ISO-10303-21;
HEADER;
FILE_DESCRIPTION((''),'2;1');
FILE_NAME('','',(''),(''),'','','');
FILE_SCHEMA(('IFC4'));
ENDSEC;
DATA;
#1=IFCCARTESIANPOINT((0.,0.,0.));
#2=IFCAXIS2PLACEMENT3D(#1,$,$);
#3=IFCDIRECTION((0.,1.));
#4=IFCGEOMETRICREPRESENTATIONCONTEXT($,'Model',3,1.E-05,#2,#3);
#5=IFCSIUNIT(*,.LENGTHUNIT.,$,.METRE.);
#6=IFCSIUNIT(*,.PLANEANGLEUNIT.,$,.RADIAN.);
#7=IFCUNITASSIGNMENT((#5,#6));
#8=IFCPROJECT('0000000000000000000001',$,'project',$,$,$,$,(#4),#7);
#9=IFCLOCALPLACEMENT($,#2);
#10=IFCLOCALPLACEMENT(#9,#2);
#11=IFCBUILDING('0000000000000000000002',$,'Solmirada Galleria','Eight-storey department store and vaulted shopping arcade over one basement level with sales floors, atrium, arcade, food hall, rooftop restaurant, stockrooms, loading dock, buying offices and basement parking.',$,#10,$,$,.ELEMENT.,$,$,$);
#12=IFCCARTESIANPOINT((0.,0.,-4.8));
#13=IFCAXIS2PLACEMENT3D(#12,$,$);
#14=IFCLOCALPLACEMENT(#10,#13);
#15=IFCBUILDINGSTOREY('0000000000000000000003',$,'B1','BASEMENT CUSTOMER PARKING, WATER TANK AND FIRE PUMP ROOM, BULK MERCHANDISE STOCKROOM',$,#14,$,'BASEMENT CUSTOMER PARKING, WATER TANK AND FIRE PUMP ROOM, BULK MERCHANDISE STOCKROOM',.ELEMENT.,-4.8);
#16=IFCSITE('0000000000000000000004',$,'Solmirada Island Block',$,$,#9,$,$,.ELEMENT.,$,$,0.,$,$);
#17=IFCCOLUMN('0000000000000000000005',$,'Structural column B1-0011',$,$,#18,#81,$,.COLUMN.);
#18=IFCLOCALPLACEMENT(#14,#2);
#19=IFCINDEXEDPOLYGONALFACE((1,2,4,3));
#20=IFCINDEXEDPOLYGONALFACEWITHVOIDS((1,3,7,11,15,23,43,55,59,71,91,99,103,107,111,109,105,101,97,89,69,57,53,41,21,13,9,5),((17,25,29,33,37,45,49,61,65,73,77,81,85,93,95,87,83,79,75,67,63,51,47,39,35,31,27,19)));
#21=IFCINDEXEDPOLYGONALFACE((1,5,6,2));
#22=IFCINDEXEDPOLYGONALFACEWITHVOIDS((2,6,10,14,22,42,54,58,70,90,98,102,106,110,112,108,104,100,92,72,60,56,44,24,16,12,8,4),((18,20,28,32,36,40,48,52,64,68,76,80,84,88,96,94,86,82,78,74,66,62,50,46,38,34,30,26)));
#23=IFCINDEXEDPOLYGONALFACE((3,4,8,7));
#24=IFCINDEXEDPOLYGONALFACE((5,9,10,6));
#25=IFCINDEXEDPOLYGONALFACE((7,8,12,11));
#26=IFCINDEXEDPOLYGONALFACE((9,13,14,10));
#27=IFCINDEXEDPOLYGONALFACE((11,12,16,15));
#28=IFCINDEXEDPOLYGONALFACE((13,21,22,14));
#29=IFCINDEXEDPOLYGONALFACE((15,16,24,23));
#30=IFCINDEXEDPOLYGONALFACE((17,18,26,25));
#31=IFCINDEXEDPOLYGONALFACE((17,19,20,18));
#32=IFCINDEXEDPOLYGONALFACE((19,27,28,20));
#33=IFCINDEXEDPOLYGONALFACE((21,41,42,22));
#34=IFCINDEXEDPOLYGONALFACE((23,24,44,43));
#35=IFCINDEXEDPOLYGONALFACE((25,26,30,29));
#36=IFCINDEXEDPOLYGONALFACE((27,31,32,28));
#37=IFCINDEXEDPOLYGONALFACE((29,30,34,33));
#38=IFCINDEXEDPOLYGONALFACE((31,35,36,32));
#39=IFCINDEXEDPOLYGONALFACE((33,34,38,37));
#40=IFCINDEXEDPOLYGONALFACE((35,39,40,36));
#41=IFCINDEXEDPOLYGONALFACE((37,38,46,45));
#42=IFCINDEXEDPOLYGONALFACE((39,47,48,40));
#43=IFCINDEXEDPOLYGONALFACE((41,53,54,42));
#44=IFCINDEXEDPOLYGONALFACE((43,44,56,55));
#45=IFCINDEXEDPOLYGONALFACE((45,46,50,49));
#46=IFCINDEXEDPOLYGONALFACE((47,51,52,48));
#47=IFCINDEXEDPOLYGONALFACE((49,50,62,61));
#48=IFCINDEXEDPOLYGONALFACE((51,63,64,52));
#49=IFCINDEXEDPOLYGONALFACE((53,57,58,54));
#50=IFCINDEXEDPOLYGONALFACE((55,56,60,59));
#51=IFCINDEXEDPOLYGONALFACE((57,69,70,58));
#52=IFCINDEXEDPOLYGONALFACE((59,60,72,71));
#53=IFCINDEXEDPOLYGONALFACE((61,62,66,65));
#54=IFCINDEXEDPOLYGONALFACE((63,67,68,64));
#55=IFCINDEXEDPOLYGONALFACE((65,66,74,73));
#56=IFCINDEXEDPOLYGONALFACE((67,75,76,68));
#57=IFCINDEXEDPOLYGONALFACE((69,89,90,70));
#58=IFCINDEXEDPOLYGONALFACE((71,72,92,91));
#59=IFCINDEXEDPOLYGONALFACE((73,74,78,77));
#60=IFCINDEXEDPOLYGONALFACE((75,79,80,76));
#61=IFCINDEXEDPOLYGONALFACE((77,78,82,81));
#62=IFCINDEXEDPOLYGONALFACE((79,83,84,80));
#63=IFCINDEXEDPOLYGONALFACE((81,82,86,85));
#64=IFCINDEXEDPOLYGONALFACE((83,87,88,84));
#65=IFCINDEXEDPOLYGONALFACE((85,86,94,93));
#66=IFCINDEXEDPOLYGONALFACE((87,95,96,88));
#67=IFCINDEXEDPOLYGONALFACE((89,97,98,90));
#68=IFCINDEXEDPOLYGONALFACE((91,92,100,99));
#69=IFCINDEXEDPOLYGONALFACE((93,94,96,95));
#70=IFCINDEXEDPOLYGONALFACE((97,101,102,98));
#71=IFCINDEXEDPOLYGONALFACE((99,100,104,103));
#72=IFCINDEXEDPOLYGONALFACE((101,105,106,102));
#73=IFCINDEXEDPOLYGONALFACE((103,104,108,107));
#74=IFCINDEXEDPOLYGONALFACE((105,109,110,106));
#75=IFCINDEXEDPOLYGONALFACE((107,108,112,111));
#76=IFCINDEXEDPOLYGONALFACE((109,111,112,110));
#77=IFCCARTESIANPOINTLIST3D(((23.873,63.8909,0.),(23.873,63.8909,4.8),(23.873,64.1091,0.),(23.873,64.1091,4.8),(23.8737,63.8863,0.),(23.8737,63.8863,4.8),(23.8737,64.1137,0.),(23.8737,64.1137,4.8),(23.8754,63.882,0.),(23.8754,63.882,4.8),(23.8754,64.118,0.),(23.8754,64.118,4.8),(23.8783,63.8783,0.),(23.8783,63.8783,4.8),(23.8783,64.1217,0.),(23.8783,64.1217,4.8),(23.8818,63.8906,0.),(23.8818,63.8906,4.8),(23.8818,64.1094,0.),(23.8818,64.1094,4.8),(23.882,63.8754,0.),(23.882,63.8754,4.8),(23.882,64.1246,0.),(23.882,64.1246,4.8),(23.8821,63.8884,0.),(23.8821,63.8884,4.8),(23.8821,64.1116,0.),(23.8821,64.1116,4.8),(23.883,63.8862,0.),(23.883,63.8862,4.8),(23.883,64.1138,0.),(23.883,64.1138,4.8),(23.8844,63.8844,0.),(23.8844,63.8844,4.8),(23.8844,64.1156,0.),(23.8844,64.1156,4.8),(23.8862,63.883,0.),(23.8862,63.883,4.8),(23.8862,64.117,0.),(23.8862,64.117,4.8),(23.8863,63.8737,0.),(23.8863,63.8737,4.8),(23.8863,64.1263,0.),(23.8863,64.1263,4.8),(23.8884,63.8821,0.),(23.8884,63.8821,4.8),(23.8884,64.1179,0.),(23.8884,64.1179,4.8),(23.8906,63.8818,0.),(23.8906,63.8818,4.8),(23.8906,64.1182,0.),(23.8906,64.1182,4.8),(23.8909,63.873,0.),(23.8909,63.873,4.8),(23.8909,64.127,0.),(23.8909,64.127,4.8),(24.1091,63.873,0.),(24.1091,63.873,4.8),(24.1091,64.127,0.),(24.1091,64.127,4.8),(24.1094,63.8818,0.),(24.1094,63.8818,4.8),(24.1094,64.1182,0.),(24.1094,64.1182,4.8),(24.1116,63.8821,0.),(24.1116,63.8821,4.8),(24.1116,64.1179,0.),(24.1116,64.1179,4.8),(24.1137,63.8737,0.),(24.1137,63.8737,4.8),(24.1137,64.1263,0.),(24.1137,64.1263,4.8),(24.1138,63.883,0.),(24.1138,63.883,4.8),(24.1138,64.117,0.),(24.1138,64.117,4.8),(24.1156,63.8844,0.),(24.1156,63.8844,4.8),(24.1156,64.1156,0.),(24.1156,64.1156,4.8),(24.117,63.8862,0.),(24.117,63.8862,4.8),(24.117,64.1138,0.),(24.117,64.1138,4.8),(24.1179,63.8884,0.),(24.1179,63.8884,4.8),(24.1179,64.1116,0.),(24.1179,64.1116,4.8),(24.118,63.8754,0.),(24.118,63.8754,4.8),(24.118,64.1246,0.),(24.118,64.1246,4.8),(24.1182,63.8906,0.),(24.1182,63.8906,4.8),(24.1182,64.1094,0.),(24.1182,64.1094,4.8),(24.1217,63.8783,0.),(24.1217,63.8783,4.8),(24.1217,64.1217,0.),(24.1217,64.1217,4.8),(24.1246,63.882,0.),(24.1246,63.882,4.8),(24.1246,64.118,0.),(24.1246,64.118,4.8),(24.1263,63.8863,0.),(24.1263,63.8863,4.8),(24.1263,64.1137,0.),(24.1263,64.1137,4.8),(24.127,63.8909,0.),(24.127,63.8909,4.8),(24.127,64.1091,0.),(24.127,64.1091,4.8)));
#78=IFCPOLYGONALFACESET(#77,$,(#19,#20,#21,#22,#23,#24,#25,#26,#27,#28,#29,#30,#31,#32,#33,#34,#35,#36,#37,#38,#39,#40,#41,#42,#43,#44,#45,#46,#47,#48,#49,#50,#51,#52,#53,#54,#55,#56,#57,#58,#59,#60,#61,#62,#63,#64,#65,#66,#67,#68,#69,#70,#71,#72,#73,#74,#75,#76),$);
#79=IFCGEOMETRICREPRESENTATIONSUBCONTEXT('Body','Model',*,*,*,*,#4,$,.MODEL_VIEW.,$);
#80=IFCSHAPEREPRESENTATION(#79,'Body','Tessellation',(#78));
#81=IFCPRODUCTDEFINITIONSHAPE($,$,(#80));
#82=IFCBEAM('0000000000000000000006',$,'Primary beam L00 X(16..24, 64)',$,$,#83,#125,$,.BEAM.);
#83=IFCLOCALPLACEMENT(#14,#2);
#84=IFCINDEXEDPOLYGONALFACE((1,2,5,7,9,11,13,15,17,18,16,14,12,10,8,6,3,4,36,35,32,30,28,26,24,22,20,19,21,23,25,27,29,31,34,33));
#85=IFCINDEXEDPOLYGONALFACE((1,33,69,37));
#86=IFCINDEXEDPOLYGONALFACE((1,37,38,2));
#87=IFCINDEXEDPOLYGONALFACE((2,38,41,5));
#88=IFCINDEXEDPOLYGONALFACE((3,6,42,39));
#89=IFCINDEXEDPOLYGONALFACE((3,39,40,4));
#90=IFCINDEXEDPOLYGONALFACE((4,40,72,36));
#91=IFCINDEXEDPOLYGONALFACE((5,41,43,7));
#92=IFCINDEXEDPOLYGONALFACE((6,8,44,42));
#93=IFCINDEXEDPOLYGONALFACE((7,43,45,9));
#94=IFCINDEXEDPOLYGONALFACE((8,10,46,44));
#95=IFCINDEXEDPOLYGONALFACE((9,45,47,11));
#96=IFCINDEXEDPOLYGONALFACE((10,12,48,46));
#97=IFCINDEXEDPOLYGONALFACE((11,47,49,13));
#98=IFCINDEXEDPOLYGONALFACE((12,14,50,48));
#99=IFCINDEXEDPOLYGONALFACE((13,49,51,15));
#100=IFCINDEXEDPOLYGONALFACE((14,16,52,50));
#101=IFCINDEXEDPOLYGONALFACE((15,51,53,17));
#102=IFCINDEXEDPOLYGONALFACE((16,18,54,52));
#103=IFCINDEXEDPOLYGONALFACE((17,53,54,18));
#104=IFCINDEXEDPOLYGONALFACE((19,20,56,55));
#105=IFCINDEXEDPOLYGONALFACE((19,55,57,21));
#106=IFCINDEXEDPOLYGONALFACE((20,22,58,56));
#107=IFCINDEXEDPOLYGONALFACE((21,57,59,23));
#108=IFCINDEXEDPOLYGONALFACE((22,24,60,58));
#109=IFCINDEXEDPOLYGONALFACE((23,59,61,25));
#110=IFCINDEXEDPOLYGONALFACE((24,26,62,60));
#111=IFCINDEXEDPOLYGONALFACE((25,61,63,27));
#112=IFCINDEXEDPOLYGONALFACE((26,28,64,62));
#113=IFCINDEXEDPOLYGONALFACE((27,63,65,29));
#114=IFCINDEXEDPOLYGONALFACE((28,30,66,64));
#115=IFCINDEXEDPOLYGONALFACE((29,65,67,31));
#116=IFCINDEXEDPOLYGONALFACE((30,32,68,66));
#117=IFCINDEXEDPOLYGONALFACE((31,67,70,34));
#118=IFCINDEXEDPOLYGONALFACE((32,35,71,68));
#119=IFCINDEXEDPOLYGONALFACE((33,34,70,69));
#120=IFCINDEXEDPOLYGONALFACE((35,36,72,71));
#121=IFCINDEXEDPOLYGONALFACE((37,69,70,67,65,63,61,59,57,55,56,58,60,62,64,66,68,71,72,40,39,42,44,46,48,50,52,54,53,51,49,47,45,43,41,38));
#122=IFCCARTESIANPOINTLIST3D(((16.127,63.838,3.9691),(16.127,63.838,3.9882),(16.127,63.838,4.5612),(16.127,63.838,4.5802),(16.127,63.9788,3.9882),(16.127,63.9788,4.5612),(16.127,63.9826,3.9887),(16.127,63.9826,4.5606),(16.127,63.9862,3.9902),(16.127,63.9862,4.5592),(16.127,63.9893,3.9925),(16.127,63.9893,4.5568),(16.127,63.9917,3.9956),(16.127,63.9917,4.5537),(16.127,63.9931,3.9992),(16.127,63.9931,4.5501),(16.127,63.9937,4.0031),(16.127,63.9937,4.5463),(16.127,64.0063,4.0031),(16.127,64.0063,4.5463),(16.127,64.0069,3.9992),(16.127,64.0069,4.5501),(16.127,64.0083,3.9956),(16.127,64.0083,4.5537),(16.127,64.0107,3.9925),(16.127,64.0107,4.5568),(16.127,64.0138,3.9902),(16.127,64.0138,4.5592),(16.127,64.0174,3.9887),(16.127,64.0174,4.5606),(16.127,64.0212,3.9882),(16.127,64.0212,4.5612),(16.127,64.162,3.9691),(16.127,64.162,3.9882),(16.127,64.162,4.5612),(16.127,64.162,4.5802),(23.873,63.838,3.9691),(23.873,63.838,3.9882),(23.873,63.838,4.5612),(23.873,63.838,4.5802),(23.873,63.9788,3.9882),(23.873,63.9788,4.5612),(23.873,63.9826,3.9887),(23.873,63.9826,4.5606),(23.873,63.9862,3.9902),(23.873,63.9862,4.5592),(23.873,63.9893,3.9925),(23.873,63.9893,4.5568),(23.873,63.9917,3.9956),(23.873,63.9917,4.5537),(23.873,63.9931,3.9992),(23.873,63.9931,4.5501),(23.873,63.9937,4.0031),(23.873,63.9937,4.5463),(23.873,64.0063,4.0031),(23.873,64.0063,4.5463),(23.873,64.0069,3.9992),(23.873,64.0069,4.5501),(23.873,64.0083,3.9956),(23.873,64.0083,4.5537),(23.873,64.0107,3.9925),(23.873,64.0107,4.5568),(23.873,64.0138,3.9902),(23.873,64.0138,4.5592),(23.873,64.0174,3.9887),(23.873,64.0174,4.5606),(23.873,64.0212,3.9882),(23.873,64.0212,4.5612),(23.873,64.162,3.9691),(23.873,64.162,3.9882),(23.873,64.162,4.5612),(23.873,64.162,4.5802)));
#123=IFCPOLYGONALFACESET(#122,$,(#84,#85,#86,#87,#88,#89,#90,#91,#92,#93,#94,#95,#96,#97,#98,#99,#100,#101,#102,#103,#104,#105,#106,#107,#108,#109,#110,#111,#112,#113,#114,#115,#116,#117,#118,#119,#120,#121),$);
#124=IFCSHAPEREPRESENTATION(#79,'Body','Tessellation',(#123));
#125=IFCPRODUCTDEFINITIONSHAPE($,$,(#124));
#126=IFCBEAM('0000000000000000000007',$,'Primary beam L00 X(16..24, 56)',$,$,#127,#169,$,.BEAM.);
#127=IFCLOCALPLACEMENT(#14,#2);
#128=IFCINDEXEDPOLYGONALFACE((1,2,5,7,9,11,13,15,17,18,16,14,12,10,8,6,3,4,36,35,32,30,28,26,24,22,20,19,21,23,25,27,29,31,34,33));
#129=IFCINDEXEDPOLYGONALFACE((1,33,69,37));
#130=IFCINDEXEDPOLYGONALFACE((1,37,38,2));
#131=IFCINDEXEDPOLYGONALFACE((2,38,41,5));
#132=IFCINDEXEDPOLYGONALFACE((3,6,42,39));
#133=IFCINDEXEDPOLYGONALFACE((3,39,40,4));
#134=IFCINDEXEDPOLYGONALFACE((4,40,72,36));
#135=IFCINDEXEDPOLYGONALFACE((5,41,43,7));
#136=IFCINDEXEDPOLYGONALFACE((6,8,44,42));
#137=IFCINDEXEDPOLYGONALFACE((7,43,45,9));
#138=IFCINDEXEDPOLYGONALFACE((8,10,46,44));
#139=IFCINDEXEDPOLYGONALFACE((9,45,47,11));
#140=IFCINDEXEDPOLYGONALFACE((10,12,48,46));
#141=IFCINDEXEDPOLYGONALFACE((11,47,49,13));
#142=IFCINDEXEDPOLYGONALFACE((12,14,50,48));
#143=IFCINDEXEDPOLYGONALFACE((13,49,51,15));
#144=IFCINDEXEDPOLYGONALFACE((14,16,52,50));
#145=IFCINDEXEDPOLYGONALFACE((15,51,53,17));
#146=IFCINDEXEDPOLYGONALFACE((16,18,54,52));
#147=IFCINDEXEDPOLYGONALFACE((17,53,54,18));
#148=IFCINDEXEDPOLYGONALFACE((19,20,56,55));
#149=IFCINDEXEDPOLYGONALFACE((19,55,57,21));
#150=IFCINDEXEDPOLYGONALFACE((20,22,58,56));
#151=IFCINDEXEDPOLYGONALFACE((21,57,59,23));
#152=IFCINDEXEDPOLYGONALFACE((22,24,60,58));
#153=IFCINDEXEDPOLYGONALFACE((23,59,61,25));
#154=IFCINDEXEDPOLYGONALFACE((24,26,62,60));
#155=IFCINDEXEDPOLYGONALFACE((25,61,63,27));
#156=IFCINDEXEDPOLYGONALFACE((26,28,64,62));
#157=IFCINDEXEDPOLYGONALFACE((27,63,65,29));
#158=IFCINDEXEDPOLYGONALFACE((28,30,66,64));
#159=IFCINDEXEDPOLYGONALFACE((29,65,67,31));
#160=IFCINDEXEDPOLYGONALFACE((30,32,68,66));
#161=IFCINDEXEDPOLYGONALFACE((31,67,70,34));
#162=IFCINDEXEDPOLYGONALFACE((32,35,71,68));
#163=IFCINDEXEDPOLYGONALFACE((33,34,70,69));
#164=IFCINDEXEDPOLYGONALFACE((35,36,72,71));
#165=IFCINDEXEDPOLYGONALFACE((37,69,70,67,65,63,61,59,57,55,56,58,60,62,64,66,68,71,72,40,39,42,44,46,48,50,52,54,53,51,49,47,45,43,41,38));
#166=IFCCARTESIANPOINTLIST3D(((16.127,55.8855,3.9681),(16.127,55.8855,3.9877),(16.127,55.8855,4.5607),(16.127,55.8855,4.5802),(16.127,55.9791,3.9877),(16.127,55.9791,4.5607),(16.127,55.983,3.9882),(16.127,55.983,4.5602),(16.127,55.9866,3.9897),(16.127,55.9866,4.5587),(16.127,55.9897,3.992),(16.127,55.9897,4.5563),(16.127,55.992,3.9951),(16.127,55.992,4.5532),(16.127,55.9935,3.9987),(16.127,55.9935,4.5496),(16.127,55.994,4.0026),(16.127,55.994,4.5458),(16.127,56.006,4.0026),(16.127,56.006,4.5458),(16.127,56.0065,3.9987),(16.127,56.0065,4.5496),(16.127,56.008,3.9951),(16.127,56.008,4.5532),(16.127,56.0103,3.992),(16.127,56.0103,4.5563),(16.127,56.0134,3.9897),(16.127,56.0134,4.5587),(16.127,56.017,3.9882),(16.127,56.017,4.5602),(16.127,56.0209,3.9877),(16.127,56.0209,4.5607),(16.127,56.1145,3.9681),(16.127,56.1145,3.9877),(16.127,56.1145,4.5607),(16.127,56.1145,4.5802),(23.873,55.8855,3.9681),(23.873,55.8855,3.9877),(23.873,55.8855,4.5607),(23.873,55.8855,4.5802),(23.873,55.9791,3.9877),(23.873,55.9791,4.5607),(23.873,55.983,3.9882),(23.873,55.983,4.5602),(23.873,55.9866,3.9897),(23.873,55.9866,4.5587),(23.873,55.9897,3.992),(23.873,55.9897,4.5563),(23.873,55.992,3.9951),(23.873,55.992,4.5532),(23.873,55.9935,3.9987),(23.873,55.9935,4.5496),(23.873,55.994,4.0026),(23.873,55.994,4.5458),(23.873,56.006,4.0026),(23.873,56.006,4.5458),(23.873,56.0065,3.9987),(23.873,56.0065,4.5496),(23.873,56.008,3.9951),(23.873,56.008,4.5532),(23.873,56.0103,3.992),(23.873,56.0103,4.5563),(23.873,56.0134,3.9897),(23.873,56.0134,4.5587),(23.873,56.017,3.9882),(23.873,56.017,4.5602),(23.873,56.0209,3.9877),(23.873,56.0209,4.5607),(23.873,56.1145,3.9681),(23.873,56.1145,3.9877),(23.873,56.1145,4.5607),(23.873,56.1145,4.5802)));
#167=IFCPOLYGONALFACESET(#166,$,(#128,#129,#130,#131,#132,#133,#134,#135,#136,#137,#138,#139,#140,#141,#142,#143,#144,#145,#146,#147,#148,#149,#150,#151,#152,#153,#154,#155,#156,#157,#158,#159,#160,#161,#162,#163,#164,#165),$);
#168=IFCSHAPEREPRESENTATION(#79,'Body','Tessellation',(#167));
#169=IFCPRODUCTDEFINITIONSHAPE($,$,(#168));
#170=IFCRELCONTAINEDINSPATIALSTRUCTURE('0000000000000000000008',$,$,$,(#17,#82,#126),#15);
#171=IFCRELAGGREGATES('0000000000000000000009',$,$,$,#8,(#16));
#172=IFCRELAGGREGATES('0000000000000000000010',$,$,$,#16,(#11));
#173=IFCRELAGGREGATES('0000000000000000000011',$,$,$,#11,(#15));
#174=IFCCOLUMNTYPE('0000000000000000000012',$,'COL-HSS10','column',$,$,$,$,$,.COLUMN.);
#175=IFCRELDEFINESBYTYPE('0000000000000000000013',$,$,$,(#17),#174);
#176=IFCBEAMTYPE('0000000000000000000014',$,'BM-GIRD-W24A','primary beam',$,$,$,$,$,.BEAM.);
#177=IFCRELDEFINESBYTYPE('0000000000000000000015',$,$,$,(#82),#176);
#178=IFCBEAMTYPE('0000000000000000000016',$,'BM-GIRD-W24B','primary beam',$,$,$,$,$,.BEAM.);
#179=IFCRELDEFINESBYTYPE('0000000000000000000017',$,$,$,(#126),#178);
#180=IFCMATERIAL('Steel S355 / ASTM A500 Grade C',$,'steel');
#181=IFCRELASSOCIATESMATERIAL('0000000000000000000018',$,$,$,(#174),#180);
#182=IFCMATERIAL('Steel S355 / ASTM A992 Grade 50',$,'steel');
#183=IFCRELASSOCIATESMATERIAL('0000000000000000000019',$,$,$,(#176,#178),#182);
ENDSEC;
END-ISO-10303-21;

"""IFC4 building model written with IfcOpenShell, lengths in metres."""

from ifc_helpers import new_model, si_unit, direction, frame, origin, origin_2d, place, context, subcontext, project, spatial, hollow_rectangle, i_section, extrude, material, material_profile, profile_set, type_object, element, save


model = new_model("IFC4")

# Units and contexts
model_context = context("Model", 3, precision=1e-05, world=origin(), true_north=direction((0.0, 1.0)))
body_context = subcontext(model_context, "Body", "Model", "MODEL_VIEW")
ifc_project = project(units=[si_unit("LENGTHUNIT", "METRE"), si_unit("PLANEANGLEUNIT", "RADIAN")], contexts=[model_context])

# Site, building, storey
site_placement = place(None, origin())
site = spatial("IfcSite", under=ifc_project, at=site_placement, Name="Solmirada Island Block", CompositionType="ELEMENT", RefElevation=0.0)
building_placement = place(site_placement, origin())
building = spatial("IfcBuilding", under=site, at=building_placement, Name="Solmirada Galleria", Description="Eight-storey department store and vaulted shopping arcade over one basement level with sales floors, atrium, arcade, food hall, rooftop restaurant, stockrooms, loading dock, buying offices and basement parking.", CompositionType="ELEMENT")
storey_placement = place(building_placement, frame((0.0, 0.0, -4.8)))
storey = spatial("IfcBuildingStorey", under=building, at=storey_placement, Name="B1", Description="BASEMENT CUSTOMER PARKING, WATER TANK AND FIRE PUMP ROOM, BULK MERCHANDISE STOCKROOM", LongName="BASEMENT CUSTOMER PARKING, WATER TANK AND FIRE PUMP ROOM, BULK MERCHANDISE STOCKROOM", CompositionType="ELEMENT", Elevation=-4.8)

# Column
ifc_material_1 = material(Name="Steel S355 / ASTM A500 Grade C", Category="steel")
ifc_material_profile_1 = material_profile(ifc_material_1, hollow_rectangle(XDim=0.2539, YDim=0.2539, WallThickness=0.0088, InnerFilletRadius=0.0088, OuterFilletRadius=0.0178, at=origin_2d()), Name="HSS10X10X3/8")
ifc_profile_set_1 = profile_set([ifc_material_profile_1], Name="Steel S355 / ASTM A500 Grade C")
column_type = type_object("IfcColumnType", Name="COL-HSS10", Description="column", PredefinedType="COLUMN", material=ifc_profile_set_1)
for number, where, z_axis, x_axis, name in (
    (1, (24.0, 64.0, 0.0), (0.0, 0.0, 1.0), (1.0, 0.0, 0.0), "Structural column B1-0011"),
):
    element("IfcColumn", number, at=place(storey_placement, frame(where, z_axis=z_axis, x_axis=x_axis)), inside=storey, type_object=column_type, Name=name, PredefinedType="COLUMN", context=body_context, shape_type="SweptSolid", body=[
        extrude(hollow_rectangle(XDim=0.2539, YDim=0.2539, WallThickness=0.0088, InnerFilletRadius=0.0088, OuterFilletRadius=0.0178, at=origin_2d()), origin(), (0.0, 0.0, 1.0), 4.8),
    ])

# Beams
ifc_material_2 = material(Name="Steel S355 / ASTM A992 Grade 50", Category="steel")
ifc_material_profile_2 = material_profile(ifc_material_2, i_section(OverallWidth=0.324, OverallDepth=0.6111, WebThickness=0.0127, FlangeThickness=0.019, FilletRadius=0.0149, at=origin_2d()), Name="W24X104")
ifc_profile_set_2 = profile_set([ifc_material_profile_2], Name="Steel S355 / ASTM A992 Grade 50")
beam_type_1 = type_object("IfcBeamType", Name="BM-GIRD-W24A", Description="primary beam", PredefinedType="BEAM", material=ifc_profile_set_2)
beam_1_placement = place(storey_placement, frame((16.127, 64.0, 4.2747), z_axis=(1.0, 0.0, 0.0), x_axis=(0.0, 1.0, 0.0)))
element("IfcBeam", 2, at=beam_1_placement, inside=storey, type_object=beam_type_1, Name="Primary beam L00 X(16..24, 64)", PredefinedType="BEAM", context=body_context, shape_type="SweptSolid", body=[
    extrude(i_section(OverallWidth=0.324, OverallDepth=0.6111, WebThickness=0.0127, FlangeThickness=0.019, FilletRadius=0.0149, at=origin_2d()), origin(), (0.0, 0.0, 1.0), 7.7461),
])
ifc_material_profile_3 = material_profile(ifc_material_2, i_section(OverallWidth=0.229, OverallDepth=0.6121, WebThickness=0.012, FlangeThickness=0.0195, FilletRadius=0.0149, at=origin_2d()), Name="W24X84")
ifc_profile_set_3 = profile_set([ifc_material_profile_3], Name="Steel S355 / ASTM A992 Grade 50")
beam_type_2 = type_object("IfcBeamType", Name="BM-GIRD-W24B", Description="primary beam", PredefinedType="BEAM", material=ifc_profile_set_3)
beam_2_placement = place(storey_placement, frame((16.127, 56.0, 4.2742), z_axis=(1.0, 0.0, 0.0), x_axis=(0.0, 1.0, 0.0)))
element("IfcBeam", 3, at=beam_2_placement, inside=storey, type_object=beam_type_2, Name="Primary beam L00 X(16..24, 56)", PredefinedType="BEAM", context=body_context, shape_type="SweptSolid", body=[
    extrude(i_section(OverallWidth=0.229, OverallDepth=0.6121, WebThickness=0.012, FlangeThickness=0.0195, FilletRadius=0.0149, at=origin_2d()), origin(), (0.0, 0.0, 1.0), 7.7461),
])

save(model, "model.ifc")
